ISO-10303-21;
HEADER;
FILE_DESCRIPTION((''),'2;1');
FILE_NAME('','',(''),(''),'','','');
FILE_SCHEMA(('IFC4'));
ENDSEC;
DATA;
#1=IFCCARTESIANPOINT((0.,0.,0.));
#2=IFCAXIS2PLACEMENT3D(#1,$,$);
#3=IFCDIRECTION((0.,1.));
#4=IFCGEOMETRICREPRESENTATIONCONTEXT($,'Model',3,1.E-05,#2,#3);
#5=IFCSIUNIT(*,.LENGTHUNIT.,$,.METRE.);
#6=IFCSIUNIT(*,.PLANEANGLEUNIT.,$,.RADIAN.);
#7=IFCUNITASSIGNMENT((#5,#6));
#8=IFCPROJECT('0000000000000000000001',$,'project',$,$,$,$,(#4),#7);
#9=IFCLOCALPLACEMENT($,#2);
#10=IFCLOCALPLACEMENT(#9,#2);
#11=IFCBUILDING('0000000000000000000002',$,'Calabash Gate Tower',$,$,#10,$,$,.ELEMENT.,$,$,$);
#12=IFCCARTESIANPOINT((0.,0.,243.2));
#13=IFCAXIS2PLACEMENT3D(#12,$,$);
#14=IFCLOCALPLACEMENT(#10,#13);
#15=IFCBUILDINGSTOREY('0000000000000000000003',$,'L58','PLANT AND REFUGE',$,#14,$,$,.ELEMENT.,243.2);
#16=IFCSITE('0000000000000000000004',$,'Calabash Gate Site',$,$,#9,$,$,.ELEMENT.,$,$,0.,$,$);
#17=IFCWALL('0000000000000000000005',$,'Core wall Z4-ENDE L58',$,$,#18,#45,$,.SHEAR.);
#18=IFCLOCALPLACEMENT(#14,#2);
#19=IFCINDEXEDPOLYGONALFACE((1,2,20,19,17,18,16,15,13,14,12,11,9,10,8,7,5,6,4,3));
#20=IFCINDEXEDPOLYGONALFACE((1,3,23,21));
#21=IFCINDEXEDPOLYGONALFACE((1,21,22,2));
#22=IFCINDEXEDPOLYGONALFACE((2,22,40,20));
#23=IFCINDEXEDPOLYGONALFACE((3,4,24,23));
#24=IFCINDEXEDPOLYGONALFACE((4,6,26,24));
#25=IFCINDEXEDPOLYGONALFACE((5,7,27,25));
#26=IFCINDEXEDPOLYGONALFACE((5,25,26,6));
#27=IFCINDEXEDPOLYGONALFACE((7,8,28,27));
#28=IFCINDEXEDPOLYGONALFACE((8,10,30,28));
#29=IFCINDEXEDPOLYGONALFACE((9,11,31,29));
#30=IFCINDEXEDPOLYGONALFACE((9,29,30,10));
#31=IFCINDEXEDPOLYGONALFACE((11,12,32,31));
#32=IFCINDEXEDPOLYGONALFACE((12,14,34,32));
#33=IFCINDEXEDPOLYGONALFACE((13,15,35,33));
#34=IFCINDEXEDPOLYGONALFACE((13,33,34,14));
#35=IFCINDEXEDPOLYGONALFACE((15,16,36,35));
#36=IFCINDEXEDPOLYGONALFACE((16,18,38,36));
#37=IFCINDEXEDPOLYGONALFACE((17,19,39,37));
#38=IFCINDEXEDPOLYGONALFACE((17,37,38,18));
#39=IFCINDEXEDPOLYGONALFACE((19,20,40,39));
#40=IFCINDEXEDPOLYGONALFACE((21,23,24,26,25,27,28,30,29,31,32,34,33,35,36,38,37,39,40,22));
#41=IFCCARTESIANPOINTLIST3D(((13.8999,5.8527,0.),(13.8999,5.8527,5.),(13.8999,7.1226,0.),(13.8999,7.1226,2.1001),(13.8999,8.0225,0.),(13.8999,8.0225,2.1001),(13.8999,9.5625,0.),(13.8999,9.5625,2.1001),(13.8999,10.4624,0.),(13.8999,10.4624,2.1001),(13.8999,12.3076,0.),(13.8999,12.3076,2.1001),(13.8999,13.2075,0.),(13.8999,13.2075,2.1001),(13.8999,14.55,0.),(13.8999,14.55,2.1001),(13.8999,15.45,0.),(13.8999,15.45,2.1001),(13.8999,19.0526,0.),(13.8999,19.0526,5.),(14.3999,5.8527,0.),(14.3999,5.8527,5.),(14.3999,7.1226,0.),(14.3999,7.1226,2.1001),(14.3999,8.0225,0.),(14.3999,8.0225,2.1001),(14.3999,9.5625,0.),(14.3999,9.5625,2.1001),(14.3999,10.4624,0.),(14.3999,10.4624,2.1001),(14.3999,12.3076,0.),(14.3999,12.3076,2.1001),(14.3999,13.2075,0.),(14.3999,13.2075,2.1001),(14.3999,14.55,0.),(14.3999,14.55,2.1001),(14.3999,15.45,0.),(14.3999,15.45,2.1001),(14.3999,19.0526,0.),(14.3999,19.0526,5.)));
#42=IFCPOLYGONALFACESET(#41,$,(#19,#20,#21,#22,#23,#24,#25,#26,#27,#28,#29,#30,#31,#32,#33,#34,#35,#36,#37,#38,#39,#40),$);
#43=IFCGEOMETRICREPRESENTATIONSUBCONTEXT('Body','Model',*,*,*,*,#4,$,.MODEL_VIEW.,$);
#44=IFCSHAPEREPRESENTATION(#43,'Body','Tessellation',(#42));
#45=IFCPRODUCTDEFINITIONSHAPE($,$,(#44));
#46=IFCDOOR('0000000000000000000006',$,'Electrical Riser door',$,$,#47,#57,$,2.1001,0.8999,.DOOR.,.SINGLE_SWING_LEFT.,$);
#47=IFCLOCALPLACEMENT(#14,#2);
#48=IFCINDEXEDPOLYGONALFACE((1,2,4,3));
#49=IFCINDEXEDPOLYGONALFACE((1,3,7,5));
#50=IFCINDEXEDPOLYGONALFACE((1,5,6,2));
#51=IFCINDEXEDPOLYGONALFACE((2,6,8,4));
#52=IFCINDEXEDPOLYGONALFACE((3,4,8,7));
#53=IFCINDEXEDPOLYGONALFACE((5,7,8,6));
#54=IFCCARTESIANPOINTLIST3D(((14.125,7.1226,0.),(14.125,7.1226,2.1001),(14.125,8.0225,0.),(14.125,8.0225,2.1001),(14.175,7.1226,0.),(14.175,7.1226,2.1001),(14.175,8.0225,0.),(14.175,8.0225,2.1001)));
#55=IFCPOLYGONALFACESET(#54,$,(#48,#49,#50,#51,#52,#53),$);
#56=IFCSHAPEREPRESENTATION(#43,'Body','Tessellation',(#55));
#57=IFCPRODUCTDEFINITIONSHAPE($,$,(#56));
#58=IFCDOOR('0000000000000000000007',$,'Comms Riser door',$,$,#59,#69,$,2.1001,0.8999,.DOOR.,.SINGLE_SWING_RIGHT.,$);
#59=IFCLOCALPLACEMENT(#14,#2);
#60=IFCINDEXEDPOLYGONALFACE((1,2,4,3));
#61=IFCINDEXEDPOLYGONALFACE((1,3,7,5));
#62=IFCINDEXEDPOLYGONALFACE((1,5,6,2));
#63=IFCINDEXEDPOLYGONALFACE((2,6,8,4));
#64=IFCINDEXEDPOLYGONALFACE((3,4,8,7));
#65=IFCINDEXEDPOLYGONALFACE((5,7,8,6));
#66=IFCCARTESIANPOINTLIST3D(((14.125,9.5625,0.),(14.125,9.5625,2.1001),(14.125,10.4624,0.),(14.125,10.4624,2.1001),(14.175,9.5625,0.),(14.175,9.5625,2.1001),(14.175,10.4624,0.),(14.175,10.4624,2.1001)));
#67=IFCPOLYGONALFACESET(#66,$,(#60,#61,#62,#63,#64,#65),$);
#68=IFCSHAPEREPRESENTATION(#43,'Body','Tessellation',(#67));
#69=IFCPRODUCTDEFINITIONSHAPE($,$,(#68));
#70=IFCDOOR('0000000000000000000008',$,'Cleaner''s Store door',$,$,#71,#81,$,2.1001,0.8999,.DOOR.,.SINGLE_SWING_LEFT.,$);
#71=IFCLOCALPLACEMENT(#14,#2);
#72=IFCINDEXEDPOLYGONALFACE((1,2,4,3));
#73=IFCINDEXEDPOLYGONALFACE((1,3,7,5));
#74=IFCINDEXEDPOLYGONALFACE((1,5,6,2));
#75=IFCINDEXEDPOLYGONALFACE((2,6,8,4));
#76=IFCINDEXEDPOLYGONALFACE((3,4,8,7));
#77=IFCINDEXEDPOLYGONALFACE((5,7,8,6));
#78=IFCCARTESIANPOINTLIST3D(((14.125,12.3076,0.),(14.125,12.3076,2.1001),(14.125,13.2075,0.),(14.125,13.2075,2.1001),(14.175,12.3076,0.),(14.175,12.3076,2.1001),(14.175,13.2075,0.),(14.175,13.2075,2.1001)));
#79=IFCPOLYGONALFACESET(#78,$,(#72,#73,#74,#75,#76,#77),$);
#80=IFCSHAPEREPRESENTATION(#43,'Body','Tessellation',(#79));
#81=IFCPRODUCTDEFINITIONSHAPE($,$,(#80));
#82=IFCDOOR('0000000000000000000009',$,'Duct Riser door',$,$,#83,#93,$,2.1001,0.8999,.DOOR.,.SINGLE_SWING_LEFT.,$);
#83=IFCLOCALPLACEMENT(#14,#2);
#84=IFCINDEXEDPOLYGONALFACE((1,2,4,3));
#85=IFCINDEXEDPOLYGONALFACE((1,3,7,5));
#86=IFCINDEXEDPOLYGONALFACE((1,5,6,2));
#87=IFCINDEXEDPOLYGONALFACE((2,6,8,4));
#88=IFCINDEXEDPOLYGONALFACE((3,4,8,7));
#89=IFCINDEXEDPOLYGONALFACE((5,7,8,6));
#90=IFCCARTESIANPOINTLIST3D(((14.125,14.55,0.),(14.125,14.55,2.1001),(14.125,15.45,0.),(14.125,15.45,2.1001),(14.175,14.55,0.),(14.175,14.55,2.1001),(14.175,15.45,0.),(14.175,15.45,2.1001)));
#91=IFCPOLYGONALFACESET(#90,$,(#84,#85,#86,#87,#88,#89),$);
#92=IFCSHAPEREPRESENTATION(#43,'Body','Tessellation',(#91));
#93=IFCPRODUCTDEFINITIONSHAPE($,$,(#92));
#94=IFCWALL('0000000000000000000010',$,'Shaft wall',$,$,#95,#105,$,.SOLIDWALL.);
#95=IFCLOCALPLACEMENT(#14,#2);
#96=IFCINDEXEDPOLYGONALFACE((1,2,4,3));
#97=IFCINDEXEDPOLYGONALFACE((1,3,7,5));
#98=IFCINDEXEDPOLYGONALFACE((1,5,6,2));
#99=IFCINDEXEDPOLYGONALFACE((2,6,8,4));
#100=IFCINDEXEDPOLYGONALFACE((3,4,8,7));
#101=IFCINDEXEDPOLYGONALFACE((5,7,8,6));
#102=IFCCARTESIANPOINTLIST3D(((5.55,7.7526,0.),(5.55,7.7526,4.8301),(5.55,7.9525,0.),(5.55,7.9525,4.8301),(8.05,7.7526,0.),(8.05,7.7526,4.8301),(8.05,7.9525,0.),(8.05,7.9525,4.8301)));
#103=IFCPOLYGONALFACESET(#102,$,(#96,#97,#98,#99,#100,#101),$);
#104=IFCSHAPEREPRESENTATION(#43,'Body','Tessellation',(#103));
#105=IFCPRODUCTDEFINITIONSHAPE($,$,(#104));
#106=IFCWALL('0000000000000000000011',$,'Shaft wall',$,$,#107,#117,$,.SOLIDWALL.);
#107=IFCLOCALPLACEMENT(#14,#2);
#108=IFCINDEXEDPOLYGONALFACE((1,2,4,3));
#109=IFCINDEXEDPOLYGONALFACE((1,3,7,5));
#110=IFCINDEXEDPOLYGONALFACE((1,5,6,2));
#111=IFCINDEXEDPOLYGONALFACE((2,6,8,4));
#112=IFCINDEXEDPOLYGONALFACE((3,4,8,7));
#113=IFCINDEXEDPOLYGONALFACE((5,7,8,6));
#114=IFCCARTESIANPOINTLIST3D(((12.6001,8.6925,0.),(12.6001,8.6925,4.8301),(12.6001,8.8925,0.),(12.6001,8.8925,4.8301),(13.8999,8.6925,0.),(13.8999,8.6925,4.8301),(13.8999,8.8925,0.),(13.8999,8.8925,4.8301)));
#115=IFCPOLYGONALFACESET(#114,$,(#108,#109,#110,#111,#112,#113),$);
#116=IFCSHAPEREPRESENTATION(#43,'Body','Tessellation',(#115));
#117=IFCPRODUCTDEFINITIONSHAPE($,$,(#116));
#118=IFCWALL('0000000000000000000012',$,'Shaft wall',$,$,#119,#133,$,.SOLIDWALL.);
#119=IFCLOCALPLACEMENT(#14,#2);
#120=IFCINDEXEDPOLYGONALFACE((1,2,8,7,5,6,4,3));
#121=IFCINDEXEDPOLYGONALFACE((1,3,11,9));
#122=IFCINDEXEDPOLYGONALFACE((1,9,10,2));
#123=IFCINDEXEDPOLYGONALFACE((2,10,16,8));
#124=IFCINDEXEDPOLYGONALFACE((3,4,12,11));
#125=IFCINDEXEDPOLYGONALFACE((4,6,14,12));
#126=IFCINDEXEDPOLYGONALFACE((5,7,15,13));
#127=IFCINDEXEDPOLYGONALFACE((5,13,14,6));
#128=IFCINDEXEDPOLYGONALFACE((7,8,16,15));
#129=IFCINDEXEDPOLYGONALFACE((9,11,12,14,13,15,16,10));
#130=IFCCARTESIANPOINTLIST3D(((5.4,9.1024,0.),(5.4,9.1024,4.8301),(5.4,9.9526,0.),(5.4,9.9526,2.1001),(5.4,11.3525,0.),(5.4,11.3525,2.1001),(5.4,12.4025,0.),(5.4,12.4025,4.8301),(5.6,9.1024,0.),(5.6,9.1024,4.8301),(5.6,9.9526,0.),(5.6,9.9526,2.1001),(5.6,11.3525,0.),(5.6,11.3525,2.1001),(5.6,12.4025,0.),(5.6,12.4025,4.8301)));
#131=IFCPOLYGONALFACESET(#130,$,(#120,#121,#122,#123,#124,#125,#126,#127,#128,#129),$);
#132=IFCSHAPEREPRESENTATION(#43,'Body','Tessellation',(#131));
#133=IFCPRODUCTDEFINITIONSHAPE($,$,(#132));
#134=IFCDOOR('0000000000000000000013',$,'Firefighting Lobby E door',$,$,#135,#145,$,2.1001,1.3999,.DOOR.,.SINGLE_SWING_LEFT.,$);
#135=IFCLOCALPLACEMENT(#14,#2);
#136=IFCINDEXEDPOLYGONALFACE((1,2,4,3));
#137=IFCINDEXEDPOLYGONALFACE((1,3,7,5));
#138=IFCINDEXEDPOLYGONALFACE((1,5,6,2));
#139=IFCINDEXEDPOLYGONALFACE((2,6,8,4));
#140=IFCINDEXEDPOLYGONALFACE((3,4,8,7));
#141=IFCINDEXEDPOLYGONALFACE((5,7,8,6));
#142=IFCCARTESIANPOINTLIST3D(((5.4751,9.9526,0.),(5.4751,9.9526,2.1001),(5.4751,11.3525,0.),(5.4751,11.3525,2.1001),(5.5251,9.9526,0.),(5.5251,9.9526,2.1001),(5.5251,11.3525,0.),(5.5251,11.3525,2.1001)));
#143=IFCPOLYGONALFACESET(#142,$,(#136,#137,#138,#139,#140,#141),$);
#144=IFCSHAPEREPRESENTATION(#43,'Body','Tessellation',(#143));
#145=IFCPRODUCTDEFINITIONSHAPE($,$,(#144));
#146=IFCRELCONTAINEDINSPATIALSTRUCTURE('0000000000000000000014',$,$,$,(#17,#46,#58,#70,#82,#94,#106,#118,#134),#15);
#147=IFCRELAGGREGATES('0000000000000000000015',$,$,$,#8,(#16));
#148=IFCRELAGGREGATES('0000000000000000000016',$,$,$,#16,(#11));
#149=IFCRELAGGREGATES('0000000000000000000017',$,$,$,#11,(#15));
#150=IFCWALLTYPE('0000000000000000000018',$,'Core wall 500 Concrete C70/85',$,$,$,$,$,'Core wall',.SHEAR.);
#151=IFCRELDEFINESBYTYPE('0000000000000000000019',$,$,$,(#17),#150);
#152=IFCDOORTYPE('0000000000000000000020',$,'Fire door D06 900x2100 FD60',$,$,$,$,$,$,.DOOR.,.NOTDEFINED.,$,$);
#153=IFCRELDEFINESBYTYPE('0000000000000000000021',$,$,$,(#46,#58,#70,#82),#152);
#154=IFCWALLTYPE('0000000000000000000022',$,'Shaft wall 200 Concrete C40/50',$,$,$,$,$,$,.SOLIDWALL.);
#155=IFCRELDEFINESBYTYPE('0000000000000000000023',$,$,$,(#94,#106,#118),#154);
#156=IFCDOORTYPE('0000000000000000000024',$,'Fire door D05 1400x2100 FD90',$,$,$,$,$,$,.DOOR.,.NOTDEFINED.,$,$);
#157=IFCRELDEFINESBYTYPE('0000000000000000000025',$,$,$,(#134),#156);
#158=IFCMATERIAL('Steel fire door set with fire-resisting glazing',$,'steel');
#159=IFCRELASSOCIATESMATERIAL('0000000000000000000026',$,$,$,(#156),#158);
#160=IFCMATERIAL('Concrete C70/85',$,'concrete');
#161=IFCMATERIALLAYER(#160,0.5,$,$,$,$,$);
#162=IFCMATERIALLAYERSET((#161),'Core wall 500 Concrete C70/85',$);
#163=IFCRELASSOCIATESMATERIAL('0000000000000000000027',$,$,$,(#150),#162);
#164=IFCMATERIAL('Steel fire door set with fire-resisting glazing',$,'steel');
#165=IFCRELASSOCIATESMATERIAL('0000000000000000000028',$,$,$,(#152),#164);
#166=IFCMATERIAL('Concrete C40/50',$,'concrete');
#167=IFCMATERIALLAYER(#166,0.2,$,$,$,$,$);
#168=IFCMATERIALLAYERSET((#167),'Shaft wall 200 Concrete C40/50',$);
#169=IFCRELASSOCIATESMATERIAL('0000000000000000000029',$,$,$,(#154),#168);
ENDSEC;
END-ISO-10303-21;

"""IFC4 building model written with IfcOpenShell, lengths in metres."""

from ifc_helpers import new_model, si_unit, direction, frame, frame_2d, origin, place, context, subcontext, project, spatial, rectangle, extrude, material, layer, layer_set, type_object, element, fill, save


model = new_model("IFC4")

# Units and contexts
model_context = context("Model", 3, precision=1e-05, world=origin(), true_north=direction((0.0, 1.0)))
body_context = subcontext(model_context, "Body", "Model", "MODEL_VIEW")
ifc_project = project(units=[si_unit("LENGTHUNIT", "METRE"), si_unit("PLANEANGLEUNIT", "RADIAN")], contexts=[model_context])

# Site, building, storey
site_placement = place(None, origin())
site = spatial("IfcSite", under=ifc_project, at=site_placement, Name="Calabash Gate Site", CompositionType="ELEMENT", RefElevation=0.0)
building_placement = place(site_placement, origin())
building = spatial("IfcBuilding", under=site, at=building_placement, Name="Calabash Gate Tower", CompositionType="ELEMENT")
storey_placement = place(building_placement, frame((0.0, 0.0, 243.2)))
storey = spatial("IfcBuildingStorey", under=building, at=storey_placement, Name="L58", Description="PLANT AND REFUGE", CompositionType="ELEMENT", Elevation=243.2)

# Shared definitions
ifc_material_1 = material(Name="Steel fire door set with fire-resisting glazing", Category="steel")
door_type_1 = type_object("IfcDoorType", Name="Fire door D05 1400x2100 FD90", OperationType="NOTDEFINED", PredefinedType="DOOR", material=ifc_material_1)

# Shared definitions
ifc_material_2 = material(Name="Concrete C70/85", Category="concrete")
ifc_layer_1 = layer(ifc_material_2, 0.5)
ifc_layer_set_1 = layer_set([ifc_layer_1], Name="Core wall 500 Concrete C70/85")
wall_type_1 = type_object("IfcWallType", Name="Core wall 500 Concrete C70/85", ElementType="Core wall", PredefinedType="SHEAR", material=ifc_layer_set_1)

# Wall, openings, doors
wall_1_placement = place(storey_placement, frame((14.1499, 5.8525, 0.0), z_axis=(0.0, 0.0, 1.0), x_axis=(0.0, 1.0, 0.0)))
wall_1 = element("IfcWall", 1, at=wall_1_placement, inside=storey, type_object=wall_type_1, Name="Core wall Z4-ENDE L58", PredefinedType="SHEAR", context=body_context, shape_type="SweptSolid", body=[
    extrude(rectangle(XDim=13.2, YDim=0.5, at=frame_2d((6.6001, 0.0))), origin(), (0.0, 0.0, 1.0), 5.0),
])
opening_1_placement = place(wall_1_placement, frame((1.27, 0.0, 0.0)))
opening_1 = element("IfcOpeningElement", 2, at=opening_1_placement, cuts=wall_1, PredefinedType="OPENING", context=body_context, shape_type="SweptSolid", body=[
    extrude(rectangle(XDim=0.8999, YDim=2.1001, at=frame_2d((0.45, 1.05))), frame((0.0, 0.26, 0.0), z_axis=(0.0, -1.0, 0.0), x_axis=(1.0, 0.0, 0.0)), (0.0, 0.0, 1.0), 0.52),
])
opening_2_placement = place(wall_1_placement, frame((3.71, 0.0, 0.0)))
opening_2 = element("IfcOpeningElement", 3, at=opening_2_placement, cuts=wall_1, PredefinedType="OPENING", context=body_context, shape_type="SweptSolid", body=[
    extrude(rectangle(XDim=0.8999, YDim=2.1001, at=frame_2d((0.45, 1.05))), frame((0.0, 0.26, 0.0), z_axis=(0.0, -1.0, 0.0), x_axis=(1.0, 0.0, 0.0)), (0.0, 0.0, 1.0), 0.52),
])
opening_3_placement = place(wall_1_placement, frame((6.4551, 0.0, 0.0)))
opening_3 = element("IfcOpeningElement", 4, at=opening_3_placement, cuts=wall_1, PredefinedType="OPENING", context=body_context, shape_type="SweptSolid", body=[
    extrude(rectangle(XDim=0.8999, YDim=2.1001, at=frame_2d((0.45, 1.05))), frame((0.0, 0.26, 0.0), z_axis=(0.0, -1.0, 0.0), x_axis=(1.0, 0.0, 0.0)), (0.0, 0.0, 1.0), 0.52),
])
opening_4_placement = place(wall_1_placement, frame((8.6975, 0.0, 0.0)))
opening_4 = element("IfcOpeningElement", 5, at=opening_4_placement, cuts=wall_1, PredefinedType="OPENING", context=body_context, shape_type="SweptSolid", body=[
    extrude(rectangle(XDim=0.8999, YDim=2.1001, at=frame_2d((0.45, 1.05))), frame((0.0, 0.26, 0.0), z_axis=(0.0, -1.0, 0.0), x_axis=(1.0, 0.0, 0.0)), (0.0, 0.0, 1.0), 0.52),
])
ifc_material_3 = material(Name="Steel fire door set with fire-resisting glazing", Category="steel")
door_type_2 = type_object("IfcDoorType", Name="Fire door D06 900x2100 FD60", OperationType="NOTDEFINED", PredefinedType="DOOR", material=ifc_material_3)
door_1_placement = place(opening_1_placement, origin())
door_1 = element("IfcDoor", 6, at=door_1_placement, inside=storey, type_object=door_type_2, Name="Electrical Riser door", OperationType="SINGLE_SWING_LEFT", OverallHeight=2.1001, OverallWidth=0.8999, PredefinedType="DOOR", context=body_context, shape_type="SweptSolid", body=[
    extrude(rectangle(XDim=0.8999, YDim=2.1001, at=frame_2d((0.45, 1.05))), frame((0.0, 0.0249, 0.0), z_axis=(0.0, -1.0, 0.0), x_axis=(1.0, 0.0, 0.0)), (0.0, 0.0, 1.0), 0.05),
])
fill(opening_1, door_1)
door_2_placement = place(opening_2_placement, origin())
door_2 = element("IfcDoor", 7, at=door_2_placement, inside=storey, type_object=door_type_2, Name="Comms Riser door", OperationType="SINGLE_SWING_RIGHT", OverallHeight=2.1001, OverallWidth=0.8999, PredefinedType="DOOR", context=body_context, shape_type="SweptSolid", body=[
    extrude(rectangle(XDim=0.8999, YDim=2.1001, at=frame_2d((0.45, 1.05))), frame((0.0, 0.0249, 0.0), z_axis=(0.0, -1.0, 0.0), x_axis=(1.0, 0.0, 0.0)), (0.0, 0.0, 1.0), 0.05),
])
fill(opening_2, door_2)
door_3_placement = place(opening_3_placement, origin())
door_3 = element("IfcDoor", 8, at=door_3_placement, inside=storey, type_object=door_type_2, Name="Cleaner's Store door", OperationType="SINGLE_SWING_LEFT", OverallHeight=2.1001, OverallWidth=0.8999, PredefinedType="DOOR", context=body_context, shape_type="SweptSolid", body=[
    extrude(rectangle(XDim=0.8999, YDim=2.1001, at=frame_2d((0.45, 1.05))), frame((0.0, 0.0249, 0.0), z_axis=(0.0, -1.0, 0.0), x_axis=(1.0, 0.0, 0.0)), (0.0, 0.0, 1.0), 0.05),
])
fill(opening_3, door_3)
door_4_placement = place(opening_4_placement, origin())
door_4 = element("IfcDoor", 9, at=door_4_placement, inside=storey, type_object=door_type_2, Name="Duct Riser door", OperationType="SINGLE_SWING_LEFT", OverallHeight=2.1001, OverallWidth=0.8999, PredefinedType="DOOR", context=body_context, shape_type="SweptSolid", body=[
    extrude(rectangle(XDim=0.8999, YDim=2.1001, at=frame_2d((0.45, 1.05))), frame((0.0, 0.0249, 0.0), z_axis=(0.0, -1.0, 0.0), x_axis=(1.0, 0.0, 0.0)), (0.0, 0.0, 1.0), 0.05),
])
fill(opening_4, door_4)

# Walls
ifc_material_4 = material(Name="Concrete C40/50", Category="concrete")
ifc_layer_2 = layer(ifc_material_4, 0.2)
ifc_layer_set_2 = layer_set([ifc_layer_2], Name="Shaft wall 200 Concrete C40/50")
wall_type_2 = type_object("IfcWallType", Name="Shaft wall 200 Concrete C40/50", PredefinedType="SOLIDWALL", material=ifc_layer_set_2)
wall_2_placement = place(storey_placement, frame((5.55, 7.8525, 0.0), z_axis=(0.0, 0.0, 1.0), x_axis=(1.0, 0.0, 0.0)))
element("IfcWall", 10, at=wall_2_placement, inside=storey, type_object=wall_type_2, Name="Shaft wall", PredefinedType="SOLIDWALL", context=body_context, shape_type="SweptSolid", body=[
    extrude(rectangle(XDim=2.5, YDim=0.2, at=frame_2d((1.25, 0.0))), origin(), (0.0, 0.0, 1.0), 4.8301),
])
wall_3_placement = place(storey_placement, frame((12.6001, 8.7925, 0.0), z_axis=(0.0, 0.0, 1.0), x_axis=(1.0, 0.0, 0.0)))
element("IfcWall", 11, at=wall_3_placement, inside=storey, type_object=wall_type_2, Name="Shaft wall", PredefinedType="SOLIDWALL", context=body_context, shape_type="SweptSolid", body=[
    extrude(rectangle(XDim=1.2998, YDim=0.2, at=frame_2d((0.6499, 0.0))), origin(), (0.0, 0.0, 1.0), 4.8301),
])

# Wall, opening, door
wall_4_placement = place(storey_placement, frame((5.5, 9.1025, 0.0), z_axis=(0.0, 0.0, 1.0), x_axis=(0.0, 1.0, 0.0)))
wall_4 = element("IfcWall", 12, at=wall_4_placement, inside=storey, type_object=wall_type_2, Name="Shaft wall", PredefinedType="SOLIDWALL", context=body_context, shape_type="SweptSolid", body=[
    extrude(rectangle(XDim=3.3, YDim=0.2, at=frame_2d((1.6499, 0.0))), origin(), (0.0, 0.0, 1.0), 4.8301),
])
opening_5_placement = place(wall_4_placement, frame((0.8501, 0.0, 0.0)))
opening_5 = element("IfcOpeningElement", 13, at=opening_5_placement, cuts=wall_4, PredefinedType="OPENING", context=body_context, shape_type="SweptSolid", body=[
    extrude(rectangle(XDim=1.3999, YDim=2.1001, at=frame_2d((0.7, 1.05))), frame((0.0, 0.1099, 0.0), z_axis=(0.0, -1.0, 0.0), x_axis=(1.0, 0.0, 0.0)), (0.0, 0.0, 1.0), 0.22),
])
door_5_placement = place(opening_5_placement, origin())
door_5 = element("IfcDoor", 14, at=door_5_placement, inside=storey, type_object=door_type_1, Name="Firefighting Lobby E door", OperationType="SINGLE_SWING_LEFT", OverallHeight=2.1001, OverallWidth=1.3999, PredefinedType="DOOR", context=body_context, shape_type="SweptSolid", body=[
    extrude(rectangle(XDim=1.3999, YDim=2.1001, at=frame_2d((0.7, 1.05))), frame((0.0, 0.0249, 0.0), z_axis=(0.0, -1.0, 0.0), x_axis=(1.0, 0.0, 0.0)), (0.0, 0.0, 1.0), 0.05),
])
fill(opening_5, door_5)

save(model, "model.ifc")
